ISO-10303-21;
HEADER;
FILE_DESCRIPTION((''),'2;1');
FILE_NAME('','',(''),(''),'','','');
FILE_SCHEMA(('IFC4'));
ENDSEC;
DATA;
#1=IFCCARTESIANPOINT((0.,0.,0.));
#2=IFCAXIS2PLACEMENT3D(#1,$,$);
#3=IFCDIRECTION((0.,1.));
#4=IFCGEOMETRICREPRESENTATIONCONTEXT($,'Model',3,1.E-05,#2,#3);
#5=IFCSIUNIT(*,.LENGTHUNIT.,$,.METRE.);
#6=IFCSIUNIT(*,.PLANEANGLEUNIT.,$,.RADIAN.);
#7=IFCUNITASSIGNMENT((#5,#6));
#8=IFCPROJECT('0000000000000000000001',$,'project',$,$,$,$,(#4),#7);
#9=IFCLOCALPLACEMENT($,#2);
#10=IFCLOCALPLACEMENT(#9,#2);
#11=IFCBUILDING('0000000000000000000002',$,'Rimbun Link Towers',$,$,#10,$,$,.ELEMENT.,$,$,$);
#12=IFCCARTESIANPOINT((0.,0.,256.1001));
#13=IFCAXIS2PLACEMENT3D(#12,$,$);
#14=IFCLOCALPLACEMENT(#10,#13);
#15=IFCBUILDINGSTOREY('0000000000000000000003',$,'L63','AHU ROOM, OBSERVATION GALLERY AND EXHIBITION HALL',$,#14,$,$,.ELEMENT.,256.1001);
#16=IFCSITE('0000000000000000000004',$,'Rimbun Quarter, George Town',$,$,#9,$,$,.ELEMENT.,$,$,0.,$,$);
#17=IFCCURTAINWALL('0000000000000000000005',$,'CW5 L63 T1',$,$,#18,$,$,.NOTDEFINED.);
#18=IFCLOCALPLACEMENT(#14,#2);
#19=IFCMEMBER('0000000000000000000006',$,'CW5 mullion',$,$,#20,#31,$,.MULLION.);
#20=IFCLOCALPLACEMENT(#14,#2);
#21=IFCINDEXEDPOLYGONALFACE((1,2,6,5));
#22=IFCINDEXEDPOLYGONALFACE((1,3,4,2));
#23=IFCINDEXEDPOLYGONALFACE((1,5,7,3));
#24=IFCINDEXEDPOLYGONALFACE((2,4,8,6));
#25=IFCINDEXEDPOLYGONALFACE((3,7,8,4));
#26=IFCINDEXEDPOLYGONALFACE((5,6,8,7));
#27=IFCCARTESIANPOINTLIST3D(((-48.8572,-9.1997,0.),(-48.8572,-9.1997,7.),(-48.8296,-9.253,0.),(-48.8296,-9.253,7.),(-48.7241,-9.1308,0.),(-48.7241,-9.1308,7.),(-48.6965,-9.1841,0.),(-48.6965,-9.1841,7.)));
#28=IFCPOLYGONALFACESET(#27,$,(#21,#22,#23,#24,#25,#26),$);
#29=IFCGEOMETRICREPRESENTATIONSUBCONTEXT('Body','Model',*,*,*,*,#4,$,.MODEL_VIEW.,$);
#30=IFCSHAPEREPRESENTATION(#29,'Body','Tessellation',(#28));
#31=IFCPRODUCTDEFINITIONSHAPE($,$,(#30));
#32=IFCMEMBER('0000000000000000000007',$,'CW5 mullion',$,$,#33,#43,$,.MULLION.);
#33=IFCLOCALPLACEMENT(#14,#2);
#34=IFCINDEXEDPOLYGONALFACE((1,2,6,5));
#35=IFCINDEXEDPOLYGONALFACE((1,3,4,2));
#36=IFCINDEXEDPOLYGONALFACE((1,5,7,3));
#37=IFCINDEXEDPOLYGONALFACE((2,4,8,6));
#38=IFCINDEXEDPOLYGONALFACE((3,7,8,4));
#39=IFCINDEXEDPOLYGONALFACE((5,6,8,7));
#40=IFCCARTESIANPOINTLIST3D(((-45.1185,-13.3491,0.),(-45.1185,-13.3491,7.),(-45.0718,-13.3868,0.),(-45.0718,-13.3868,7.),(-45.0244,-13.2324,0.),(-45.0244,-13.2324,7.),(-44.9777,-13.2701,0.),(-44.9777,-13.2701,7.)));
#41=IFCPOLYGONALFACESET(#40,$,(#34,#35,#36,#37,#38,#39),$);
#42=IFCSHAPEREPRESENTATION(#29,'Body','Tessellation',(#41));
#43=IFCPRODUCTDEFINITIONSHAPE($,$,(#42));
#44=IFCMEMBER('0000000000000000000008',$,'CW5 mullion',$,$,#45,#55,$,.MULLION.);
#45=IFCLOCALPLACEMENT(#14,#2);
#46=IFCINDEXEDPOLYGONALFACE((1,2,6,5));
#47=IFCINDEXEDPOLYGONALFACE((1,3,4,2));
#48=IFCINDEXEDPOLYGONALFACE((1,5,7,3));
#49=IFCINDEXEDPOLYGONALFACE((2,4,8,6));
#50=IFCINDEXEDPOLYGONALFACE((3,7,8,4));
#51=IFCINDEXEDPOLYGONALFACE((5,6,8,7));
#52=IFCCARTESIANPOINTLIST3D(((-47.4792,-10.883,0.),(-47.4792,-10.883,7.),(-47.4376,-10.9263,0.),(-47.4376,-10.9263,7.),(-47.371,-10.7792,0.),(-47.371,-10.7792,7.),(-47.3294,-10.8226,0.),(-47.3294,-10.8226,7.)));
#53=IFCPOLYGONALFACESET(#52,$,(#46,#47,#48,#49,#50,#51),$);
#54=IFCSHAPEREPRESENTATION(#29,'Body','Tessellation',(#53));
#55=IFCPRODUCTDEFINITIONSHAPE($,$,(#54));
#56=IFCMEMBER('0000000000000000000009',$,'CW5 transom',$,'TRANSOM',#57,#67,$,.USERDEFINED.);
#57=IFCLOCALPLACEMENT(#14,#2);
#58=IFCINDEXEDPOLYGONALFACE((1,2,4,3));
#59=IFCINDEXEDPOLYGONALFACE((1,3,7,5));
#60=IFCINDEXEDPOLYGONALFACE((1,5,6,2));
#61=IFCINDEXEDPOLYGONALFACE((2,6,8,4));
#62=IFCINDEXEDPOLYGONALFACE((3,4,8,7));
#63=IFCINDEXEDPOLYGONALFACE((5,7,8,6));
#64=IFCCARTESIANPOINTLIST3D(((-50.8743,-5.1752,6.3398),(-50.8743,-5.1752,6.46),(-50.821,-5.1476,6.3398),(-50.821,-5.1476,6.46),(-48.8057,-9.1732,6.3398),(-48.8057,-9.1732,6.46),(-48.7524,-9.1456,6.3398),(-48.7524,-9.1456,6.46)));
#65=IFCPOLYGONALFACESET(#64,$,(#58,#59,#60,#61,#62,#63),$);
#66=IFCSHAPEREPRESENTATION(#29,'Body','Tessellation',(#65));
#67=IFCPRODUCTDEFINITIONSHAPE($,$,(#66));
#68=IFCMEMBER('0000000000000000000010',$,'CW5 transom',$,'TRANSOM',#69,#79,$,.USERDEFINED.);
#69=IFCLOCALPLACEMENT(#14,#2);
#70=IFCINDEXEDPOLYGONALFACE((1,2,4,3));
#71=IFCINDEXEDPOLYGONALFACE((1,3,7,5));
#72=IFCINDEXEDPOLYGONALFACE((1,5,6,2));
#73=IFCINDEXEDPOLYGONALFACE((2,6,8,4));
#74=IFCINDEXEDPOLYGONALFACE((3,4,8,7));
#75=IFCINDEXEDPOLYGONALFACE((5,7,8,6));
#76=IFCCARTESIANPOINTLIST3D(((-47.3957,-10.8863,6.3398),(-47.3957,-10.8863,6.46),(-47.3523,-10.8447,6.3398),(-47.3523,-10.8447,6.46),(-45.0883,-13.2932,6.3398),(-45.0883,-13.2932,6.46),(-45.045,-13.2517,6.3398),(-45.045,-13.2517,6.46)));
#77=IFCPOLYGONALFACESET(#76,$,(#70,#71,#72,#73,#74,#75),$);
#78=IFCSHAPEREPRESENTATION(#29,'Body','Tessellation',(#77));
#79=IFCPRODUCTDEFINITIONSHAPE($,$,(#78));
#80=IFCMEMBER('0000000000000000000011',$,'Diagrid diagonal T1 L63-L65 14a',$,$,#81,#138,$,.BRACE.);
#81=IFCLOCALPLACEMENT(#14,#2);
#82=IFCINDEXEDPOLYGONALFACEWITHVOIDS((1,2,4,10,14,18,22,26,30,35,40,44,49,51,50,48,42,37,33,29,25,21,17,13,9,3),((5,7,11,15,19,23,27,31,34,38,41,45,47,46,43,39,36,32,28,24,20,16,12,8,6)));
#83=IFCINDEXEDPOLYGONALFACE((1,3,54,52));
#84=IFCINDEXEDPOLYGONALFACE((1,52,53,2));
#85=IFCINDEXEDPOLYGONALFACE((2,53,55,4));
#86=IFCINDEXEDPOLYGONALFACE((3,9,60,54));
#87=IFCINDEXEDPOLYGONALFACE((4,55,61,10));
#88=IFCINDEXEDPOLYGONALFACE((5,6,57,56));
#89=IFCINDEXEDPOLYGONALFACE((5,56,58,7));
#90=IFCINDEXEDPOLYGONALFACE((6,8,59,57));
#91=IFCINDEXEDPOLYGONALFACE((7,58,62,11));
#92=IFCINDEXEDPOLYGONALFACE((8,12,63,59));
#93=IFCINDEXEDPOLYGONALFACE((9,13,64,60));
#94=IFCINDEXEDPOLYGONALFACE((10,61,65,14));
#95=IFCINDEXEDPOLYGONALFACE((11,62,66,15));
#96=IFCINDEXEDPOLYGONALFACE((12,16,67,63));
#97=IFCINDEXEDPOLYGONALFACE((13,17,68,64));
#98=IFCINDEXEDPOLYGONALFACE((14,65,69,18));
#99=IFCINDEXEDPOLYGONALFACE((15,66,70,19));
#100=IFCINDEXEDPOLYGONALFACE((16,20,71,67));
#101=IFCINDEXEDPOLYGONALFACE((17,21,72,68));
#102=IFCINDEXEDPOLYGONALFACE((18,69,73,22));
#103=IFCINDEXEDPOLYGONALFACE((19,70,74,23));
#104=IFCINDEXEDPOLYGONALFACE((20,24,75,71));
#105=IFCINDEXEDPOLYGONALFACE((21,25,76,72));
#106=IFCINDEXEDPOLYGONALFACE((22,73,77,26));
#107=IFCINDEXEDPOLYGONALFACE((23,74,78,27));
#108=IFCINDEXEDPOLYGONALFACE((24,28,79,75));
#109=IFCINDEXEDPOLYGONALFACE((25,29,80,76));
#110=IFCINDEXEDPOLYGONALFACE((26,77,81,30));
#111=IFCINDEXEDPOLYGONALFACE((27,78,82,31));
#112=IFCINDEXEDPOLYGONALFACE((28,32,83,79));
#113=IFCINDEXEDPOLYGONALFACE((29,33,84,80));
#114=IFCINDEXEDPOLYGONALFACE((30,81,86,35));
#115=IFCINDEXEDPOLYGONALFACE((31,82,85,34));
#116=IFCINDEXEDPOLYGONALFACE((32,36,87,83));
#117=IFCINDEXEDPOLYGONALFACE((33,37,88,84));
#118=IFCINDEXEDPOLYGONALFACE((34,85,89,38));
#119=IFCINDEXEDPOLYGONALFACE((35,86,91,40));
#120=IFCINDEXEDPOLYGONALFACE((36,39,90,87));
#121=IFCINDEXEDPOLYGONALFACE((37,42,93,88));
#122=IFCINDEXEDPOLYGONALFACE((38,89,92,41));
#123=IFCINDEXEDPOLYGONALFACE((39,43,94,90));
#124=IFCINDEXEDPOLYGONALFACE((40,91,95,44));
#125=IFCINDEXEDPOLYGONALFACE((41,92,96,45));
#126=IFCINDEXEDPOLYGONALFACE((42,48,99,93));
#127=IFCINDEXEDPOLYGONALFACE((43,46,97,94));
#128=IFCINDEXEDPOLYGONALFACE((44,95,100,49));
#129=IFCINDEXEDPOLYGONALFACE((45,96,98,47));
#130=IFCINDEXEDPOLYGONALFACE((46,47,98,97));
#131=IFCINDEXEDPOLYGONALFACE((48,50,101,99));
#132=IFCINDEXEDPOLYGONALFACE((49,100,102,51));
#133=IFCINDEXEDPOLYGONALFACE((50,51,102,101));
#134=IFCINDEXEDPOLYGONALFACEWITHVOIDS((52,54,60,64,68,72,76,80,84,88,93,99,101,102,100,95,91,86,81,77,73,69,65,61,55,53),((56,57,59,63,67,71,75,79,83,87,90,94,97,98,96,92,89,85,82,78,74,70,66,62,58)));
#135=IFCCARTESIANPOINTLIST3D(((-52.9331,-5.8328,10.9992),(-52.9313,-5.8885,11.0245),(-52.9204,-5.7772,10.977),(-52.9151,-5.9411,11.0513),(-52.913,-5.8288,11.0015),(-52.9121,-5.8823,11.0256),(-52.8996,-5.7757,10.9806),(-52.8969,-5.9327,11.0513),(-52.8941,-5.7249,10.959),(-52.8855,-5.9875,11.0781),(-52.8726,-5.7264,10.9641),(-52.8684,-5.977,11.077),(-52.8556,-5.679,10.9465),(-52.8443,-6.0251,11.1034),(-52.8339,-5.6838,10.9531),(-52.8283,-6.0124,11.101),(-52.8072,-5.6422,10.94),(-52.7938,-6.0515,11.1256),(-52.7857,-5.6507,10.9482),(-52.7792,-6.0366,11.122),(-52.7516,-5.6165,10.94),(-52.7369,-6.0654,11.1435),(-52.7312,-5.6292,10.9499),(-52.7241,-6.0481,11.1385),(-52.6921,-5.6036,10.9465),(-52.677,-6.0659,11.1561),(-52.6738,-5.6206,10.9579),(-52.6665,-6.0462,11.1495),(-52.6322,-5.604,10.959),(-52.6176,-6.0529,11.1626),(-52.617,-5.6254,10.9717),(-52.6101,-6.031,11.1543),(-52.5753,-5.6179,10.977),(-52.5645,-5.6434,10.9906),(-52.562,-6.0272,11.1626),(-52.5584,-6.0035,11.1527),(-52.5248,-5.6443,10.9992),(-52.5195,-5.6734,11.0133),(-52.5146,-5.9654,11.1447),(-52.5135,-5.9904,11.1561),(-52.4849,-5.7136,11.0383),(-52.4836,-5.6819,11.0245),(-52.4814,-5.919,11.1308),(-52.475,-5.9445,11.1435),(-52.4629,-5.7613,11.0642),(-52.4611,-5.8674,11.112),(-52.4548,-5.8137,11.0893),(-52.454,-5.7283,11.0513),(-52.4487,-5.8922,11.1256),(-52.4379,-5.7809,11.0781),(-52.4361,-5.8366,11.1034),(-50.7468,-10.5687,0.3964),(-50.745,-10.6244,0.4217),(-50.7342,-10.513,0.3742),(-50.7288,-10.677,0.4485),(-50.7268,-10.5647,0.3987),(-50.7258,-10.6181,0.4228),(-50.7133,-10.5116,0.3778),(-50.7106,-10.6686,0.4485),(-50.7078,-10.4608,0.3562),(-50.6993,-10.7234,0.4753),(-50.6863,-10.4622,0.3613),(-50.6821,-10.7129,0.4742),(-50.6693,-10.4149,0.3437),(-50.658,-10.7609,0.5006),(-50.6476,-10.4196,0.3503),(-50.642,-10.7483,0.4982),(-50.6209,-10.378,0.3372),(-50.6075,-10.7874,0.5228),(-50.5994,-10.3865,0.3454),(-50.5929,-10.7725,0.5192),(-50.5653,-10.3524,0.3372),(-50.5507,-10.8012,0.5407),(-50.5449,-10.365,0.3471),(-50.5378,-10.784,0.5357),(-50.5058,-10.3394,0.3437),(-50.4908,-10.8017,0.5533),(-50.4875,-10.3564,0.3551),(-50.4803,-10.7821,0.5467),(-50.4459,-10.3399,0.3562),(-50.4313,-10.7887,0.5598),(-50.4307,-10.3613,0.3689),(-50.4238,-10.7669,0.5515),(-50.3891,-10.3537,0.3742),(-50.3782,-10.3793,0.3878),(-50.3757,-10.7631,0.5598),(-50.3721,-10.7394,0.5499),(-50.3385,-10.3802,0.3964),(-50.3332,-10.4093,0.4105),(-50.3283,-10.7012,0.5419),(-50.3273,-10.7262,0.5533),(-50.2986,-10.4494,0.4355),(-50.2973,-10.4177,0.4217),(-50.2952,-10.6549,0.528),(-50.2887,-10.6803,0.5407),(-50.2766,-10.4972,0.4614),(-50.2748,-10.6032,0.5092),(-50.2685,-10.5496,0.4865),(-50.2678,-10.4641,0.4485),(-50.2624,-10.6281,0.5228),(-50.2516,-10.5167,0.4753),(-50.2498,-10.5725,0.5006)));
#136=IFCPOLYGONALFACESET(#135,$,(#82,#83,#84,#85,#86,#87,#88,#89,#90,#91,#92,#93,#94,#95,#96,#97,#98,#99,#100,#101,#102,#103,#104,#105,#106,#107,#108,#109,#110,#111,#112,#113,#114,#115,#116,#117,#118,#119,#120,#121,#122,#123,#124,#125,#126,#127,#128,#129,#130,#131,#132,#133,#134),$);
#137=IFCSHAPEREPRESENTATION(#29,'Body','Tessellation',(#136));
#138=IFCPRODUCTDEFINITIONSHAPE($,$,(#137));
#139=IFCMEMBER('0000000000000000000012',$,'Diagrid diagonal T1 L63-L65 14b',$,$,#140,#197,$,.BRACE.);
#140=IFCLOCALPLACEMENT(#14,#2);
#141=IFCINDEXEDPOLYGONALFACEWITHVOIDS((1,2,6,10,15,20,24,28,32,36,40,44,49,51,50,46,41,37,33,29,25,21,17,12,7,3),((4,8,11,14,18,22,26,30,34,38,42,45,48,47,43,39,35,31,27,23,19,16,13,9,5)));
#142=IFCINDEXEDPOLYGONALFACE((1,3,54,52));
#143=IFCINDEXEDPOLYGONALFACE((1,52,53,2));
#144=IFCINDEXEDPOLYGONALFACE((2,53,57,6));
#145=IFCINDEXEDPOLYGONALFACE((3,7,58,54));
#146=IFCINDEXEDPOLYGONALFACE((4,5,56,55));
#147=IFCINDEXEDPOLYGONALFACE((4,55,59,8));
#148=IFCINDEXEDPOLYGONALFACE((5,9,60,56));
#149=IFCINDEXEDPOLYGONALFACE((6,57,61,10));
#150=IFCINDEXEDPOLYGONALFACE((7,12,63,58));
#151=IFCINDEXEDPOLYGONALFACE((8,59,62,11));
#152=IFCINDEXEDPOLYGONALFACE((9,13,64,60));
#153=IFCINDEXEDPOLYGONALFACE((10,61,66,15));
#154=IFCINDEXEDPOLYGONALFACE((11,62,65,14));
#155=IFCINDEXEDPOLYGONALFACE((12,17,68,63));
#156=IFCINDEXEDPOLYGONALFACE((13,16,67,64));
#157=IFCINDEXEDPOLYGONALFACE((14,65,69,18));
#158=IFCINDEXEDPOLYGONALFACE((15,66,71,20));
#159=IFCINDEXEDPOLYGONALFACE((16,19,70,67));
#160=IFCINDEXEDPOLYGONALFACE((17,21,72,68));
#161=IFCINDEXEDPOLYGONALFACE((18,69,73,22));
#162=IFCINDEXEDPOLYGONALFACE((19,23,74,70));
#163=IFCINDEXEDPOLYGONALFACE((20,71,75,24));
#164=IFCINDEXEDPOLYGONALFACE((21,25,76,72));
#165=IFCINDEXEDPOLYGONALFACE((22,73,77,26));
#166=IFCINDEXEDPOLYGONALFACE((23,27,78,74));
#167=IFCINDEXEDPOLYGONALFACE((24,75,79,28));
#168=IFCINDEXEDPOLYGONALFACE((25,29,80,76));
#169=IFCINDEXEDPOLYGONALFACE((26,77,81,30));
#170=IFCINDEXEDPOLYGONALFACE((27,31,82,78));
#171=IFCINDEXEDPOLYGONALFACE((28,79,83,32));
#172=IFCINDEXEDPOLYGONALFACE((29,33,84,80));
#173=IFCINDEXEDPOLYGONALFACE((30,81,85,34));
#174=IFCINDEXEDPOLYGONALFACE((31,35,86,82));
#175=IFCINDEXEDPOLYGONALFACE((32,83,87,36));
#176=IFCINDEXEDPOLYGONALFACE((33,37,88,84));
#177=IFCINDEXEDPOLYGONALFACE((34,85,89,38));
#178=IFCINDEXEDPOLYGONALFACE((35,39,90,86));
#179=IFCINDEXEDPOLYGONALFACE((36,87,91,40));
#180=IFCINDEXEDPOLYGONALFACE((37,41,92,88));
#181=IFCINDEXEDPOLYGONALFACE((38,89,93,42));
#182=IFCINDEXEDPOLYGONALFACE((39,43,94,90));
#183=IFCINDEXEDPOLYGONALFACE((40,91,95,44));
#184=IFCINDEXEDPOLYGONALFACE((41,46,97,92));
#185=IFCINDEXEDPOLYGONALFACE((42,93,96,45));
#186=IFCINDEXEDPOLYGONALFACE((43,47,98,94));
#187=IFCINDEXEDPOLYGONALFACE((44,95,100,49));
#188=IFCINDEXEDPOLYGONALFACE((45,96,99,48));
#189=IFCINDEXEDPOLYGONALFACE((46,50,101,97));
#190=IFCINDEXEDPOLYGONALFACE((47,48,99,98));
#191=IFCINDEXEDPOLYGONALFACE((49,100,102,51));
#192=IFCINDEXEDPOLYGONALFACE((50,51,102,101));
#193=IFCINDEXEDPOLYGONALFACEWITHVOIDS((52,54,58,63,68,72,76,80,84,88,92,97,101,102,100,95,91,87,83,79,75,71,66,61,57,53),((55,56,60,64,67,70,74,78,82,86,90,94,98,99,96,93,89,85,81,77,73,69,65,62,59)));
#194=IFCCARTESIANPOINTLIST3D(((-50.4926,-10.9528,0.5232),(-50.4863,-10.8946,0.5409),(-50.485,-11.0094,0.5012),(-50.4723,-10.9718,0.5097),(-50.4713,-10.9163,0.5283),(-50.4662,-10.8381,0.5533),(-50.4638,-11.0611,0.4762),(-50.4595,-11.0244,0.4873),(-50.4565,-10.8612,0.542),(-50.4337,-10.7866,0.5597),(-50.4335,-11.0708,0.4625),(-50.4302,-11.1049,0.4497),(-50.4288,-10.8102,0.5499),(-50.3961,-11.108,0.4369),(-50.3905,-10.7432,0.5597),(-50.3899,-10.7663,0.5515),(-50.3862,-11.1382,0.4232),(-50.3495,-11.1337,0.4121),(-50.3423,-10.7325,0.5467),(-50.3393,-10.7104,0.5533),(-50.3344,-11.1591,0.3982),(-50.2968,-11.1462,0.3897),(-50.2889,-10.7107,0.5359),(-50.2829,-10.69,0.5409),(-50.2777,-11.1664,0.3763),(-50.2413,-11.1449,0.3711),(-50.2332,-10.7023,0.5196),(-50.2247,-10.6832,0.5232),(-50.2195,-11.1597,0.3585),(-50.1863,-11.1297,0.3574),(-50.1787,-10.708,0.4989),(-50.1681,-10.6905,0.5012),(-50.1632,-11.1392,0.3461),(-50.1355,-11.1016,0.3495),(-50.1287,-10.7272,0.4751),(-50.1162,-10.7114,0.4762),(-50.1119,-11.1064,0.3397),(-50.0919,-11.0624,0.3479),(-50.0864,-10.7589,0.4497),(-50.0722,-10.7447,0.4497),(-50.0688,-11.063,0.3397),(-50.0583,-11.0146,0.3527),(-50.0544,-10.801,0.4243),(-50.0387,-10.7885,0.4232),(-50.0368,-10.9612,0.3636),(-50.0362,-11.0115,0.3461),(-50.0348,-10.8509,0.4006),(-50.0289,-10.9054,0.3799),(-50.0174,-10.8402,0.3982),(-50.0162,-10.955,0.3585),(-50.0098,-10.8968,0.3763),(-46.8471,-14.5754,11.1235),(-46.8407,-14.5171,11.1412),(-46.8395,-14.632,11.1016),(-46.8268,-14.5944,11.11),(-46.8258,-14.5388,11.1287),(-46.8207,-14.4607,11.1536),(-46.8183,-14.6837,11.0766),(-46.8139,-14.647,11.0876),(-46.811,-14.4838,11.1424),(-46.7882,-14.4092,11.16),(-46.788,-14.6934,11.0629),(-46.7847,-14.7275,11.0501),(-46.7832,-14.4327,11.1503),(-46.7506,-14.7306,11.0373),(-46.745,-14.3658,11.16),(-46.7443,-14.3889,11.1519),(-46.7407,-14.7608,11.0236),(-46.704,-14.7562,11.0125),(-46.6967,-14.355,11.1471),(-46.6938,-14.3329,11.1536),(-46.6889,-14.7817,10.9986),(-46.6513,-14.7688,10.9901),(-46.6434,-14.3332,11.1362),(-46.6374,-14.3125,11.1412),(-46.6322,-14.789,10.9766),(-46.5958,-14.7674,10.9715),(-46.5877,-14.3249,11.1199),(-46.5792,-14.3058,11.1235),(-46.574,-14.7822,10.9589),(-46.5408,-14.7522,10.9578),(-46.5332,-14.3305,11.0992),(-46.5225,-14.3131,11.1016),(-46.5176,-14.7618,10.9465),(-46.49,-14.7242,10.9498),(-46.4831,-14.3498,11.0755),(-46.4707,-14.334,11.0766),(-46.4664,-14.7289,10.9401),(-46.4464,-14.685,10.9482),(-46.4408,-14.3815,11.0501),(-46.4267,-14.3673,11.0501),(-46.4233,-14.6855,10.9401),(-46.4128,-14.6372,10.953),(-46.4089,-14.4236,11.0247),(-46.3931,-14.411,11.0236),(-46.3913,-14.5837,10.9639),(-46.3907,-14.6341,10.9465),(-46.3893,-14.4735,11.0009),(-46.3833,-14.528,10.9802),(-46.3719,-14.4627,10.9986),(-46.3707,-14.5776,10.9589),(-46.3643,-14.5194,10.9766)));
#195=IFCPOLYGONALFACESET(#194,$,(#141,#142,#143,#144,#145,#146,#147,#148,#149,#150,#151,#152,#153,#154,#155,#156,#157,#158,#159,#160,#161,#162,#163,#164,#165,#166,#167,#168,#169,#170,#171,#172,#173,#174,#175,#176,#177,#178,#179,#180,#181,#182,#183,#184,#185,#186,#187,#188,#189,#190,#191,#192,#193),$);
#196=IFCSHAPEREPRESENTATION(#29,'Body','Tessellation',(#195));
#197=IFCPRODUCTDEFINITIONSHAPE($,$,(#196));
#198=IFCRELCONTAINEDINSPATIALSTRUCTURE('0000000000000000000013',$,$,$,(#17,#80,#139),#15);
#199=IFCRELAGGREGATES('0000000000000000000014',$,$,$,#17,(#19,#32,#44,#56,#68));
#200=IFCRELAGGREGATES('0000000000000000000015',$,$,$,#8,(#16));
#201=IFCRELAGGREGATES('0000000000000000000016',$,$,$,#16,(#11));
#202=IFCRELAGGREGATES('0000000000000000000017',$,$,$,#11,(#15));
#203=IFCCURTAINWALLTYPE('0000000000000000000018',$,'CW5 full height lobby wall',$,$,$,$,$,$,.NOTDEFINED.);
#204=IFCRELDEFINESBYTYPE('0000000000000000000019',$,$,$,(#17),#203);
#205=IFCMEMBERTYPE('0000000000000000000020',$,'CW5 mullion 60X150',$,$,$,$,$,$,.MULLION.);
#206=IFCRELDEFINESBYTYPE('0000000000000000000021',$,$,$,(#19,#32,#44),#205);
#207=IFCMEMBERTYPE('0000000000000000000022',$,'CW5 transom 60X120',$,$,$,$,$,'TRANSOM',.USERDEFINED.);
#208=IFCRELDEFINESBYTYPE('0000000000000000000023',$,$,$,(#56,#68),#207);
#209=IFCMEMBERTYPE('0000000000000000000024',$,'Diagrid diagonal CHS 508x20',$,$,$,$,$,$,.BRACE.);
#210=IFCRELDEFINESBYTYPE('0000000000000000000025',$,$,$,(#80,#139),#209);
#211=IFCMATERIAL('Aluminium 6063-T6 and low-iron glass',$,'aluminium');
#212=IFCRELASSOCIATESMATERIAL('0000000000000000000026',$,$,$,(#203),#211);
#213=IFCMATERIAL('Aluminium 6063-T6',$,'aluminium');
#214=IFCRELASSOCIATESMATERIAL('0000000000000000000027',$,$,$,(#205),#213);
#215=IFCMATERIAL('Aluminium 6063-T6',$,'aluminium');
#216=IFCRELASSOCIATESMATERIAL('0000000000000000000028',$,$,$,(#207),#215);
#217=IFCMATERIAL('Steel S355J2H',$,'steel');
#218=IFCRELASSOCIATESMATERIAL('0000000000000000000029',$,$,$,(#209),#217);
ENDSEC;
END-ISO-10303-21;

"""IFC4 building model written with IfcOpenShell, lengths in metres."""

from ifc_helpers import new_model, si_unit, direction, frame, origin, origin_2d, place, context, subcontext, project, spatial, rectangle, hollow_circle, extrude, material, material_profile, profile_set, type_object, element, aggregate, save


model = new_model("IFC4")

# Units and contexts
model_context = context("Model", 3, precision=1e-05, world=origin(), true_north=direction((0.0, 1.0)))
body_context = subcontext(model_context, "Body", "Model", "MODEL_VIEW")
ifc_project = project(units=[si_unit("LENGTHUNIT", "METRE"), si_unit("PLANEANGLEUNIT", "RADIAN")], contexts=[model_context])

# Site, building, storey
site_placement = place(None, origin())
site = spatial("IfcSite", under=ifc_project, at=site_placement, Name="Rimbun Quarter, George Town", CompositionType="ELEMENT", RefElevation=0.0)
building_placement = place(site_placement, origin())
building = spatial("IfcBuilding", under=site, at=building_placement, Name="Rimbun Link Towers", CompositionType="ELEMENT")
storey_placement = place(building_placement, frame((0.0, 0.0, 256.1001)))
storey = spatial("IfcBuildingStorey", under=building, at=storey_placement, Name="L63", Description="AHU ROOM, OBSERVATION GALLERY AND EXHIBITION HALL", CompositionType="ELEMENT", Elevation=256.1001)

# Curtain wall, members
ifc_material_1 = material(Name="Aluminium 6063-T6 and low-iron glass", Category="aluminium")
curtain_wall_type = type_object("IfcCurtainWallType", Name="CW5 full height lobby wall", PredefinedType="NOTDEFINED", material=ifc_material_1)
curtain_wall_placement = place(storey_placement, origin())
curtain_wall = element("IfcCurtainWall", 1, at=curtain_wall_placement, inside=storey, type_object=curtain_wall_type, Name="CW5 L63 T1", PredefinedType="NOTDEFINED")
ifc_material_2 = material(Name="Aluminium 6063-T6", Category="aluminium")
ifc_material_profile_1 = material_profile(ifc_material_2, rectangle(XDim=0.1499, YDim=0.0601, at=origin_2d()), Name="MULLION 60X150")
ifc_profile_set_1 = profile_set([ifc_material_profile_1], Name="Aluminium 6063-T6")
member_type_1 = type_object("IfcMemberType", Name="CW5 mullion 60X150", PredefinedType="MULLION", material=ifc_profile_set_1)
member_1_placement = place(storey_placement, frame((-48.7769, -9.1919, 0.0), z_axis=(0.0, 0.0, 1.0), x_axis=(-0.888152, -0.459551, 0.0)))
member_1 = element("IfcMember", 2, at=member_1_placement, type_object=member_type_1, Name="CW5 mullion", PredefinedType="MULLION", context=body_context, shape_type="SweptSolid", body=[
    extrude(rectangle(XDim=0.1499, YDim=0.0601, at=origin_2d()), origin(), (0.0, 0.0, 1.0), 7.0),
])
member_2_placement = place(storey_placement, frame((-45.0481, -13.3096, 0.0), z_axis=(0.0, 0.0, 1.0), x_axis=(-0.627674, -0.778476, 0.0)))
member_2 = element("IfcMember", 3, at=member_2_placement, type_object=member_type_1, Name="CW5 mullion", PredefinedType="MULLION", context=body_context, shape_type="SweptSolid", body=[
    extrude(rectangle(XDim=0.1499, YDim=0.0601, at=origin_2d()), origin(), (0.0, 0.0, 1.0), 7.0),
])
member_3_placement = place(storey_placement, frame((-47.4043, -10.8528, 0.0), z_axis=(0.0, 0.0, 1.0), x_axis=(-0.721847, -0.692053, 0.0)))
member_3 = element("IfcMember", 4, at=member_3_placement, type_object=member_type_1, Name="CW5 mullion", PredefinedType="MULLION", context=body_context, shape_type="SweptSolid", body=[
    extrude(rectangle(XDim=0.1499, YDim=0.0601, at=origin_2d()), origin(), (0.0, 0.0, 1.0), 7.0),
])
ifc_material_3 = material(Name="Aluminium 6063-T6", Category="aluminium")
ifc_material_profile_2 = material_profile(ifc_material_3, rectangle(XDim=0.0601, YDim=0.1201, at=origin_2d()), Name="TRANSOM 60X120")
ifc_profile_set_2 = profile_set([ifc_material_profile_2], Name="Aluminium 6063-T6")
member_type_2 = type_object("IfcMemberType", Name="CW5 transom 60X120", ElementType="TRANSOM", PredefinedType="USERDEFINED", material=ifc_profile_set_2)
member_4_placement = place(storey_placement, frame((-48.7791, -9.1594, 6.3999), z_axis=(-0.459537, 0.888159, 0.0), x_axis=(-0.888159, -0.459537, 0.0)))
member_4 = element("IfcMember", 5, at=member_4_placement, type_object=member_type_2, Name="CW5 transom", ObjectType="TRANSOM", PredefinedType="USERDEFINED", context=body_context, shape_type="SweptSolid", body=[
    extrude(rectangle(XDim=0.0601, YDim=0.1201, at=origin_2d()), origin(), (0.0, 0.0, 1.0), 4.5015),
])
member_5_placement = place(storey_placement, frame((-45.0667, -13.2725, 6.3999), z_axis=(-0.692012, 0.721886, 0.0), x_axis=(-0.721886, -0.692012, 0.0)))
member_5 = element("IfcMember", 6, at=member_5_placement, type_object=member_type_2, Name="CW5 transom", ObjectType="TRANSOM", PredefinedType="USERDEFINED", context=body_context, shape_type="SweptSolid", body=[
    extrude(rectangle(XDim=0.0601, YDim=0.1201, at=origin_2d()), origin(), (0.0, 0.0, 1.0), 3.3342),
])

# Members
ifc_material_4 = material(Name="Steel S355J2H", Category="steel")
ifc_material_profile_3 = material_profile(ifc_material_4, hollow_circle(Radius=0.2539, WallThickness=0.02, at=origin_2d()), Name="Diagrid diagonal CHS 508x20")
ifc_profile_set_3 = profile_set([ifc_material_profile_3], Name="Steel S355J2H")
member_type_3 = type_object("IfcMemberType", Name="Diagrid diagonal CHS 508x20", PredefinedType="BRACE", material=ifc_profile_set_3)
member_6_placement = place(storey_placement, frame((-50.4983, -10.5706, 0.4485), z_axis=(-0.185021, 0.400786, 0.897295), x_axis=(-0.907922, -0.419138, 0.0)))
element("IfcMember", 7, at=member_6_placement, inside=storey, type_object=member_type_3, Name="Diagrid diagonal T1 L63-L65 14a", PredefinedType="BRACE", context=body_context, shape_type="SweptSolid", body=[
    extrude(hollow_circle(Radius=0.2539, WallThickness=0.02, at=origin_2d()), origin(), (0.0, 0.0, 1.0), 11.8164),
])
member_7_placement = place(storey_placement, frame((-50.2512, -10.9248, 0.4497), z_axis=(0.309453, -0.307505, 0.899822), x_axis=(0.704871, 0.709336, 0.0)))
element("IfcMember", 8, at=member_7_placement, inside=storey, type_object=member_type_3, Name="Diagrid diagonal T1 L63-L65 14b", PredefinedType="BRACE", context=body_context, shape_type="SweptSolid", body=[
    extrude(hollow_circle(Radius=0.2539, WallThickness=0.02, at=origin_2d()), origin(), (0.0, 0.0, 1.0), 11.7805),
])

aggregate(curtain_wall, [member_1, member_2, member_3, member_4, member_5])

save(model, "model.ifc")
